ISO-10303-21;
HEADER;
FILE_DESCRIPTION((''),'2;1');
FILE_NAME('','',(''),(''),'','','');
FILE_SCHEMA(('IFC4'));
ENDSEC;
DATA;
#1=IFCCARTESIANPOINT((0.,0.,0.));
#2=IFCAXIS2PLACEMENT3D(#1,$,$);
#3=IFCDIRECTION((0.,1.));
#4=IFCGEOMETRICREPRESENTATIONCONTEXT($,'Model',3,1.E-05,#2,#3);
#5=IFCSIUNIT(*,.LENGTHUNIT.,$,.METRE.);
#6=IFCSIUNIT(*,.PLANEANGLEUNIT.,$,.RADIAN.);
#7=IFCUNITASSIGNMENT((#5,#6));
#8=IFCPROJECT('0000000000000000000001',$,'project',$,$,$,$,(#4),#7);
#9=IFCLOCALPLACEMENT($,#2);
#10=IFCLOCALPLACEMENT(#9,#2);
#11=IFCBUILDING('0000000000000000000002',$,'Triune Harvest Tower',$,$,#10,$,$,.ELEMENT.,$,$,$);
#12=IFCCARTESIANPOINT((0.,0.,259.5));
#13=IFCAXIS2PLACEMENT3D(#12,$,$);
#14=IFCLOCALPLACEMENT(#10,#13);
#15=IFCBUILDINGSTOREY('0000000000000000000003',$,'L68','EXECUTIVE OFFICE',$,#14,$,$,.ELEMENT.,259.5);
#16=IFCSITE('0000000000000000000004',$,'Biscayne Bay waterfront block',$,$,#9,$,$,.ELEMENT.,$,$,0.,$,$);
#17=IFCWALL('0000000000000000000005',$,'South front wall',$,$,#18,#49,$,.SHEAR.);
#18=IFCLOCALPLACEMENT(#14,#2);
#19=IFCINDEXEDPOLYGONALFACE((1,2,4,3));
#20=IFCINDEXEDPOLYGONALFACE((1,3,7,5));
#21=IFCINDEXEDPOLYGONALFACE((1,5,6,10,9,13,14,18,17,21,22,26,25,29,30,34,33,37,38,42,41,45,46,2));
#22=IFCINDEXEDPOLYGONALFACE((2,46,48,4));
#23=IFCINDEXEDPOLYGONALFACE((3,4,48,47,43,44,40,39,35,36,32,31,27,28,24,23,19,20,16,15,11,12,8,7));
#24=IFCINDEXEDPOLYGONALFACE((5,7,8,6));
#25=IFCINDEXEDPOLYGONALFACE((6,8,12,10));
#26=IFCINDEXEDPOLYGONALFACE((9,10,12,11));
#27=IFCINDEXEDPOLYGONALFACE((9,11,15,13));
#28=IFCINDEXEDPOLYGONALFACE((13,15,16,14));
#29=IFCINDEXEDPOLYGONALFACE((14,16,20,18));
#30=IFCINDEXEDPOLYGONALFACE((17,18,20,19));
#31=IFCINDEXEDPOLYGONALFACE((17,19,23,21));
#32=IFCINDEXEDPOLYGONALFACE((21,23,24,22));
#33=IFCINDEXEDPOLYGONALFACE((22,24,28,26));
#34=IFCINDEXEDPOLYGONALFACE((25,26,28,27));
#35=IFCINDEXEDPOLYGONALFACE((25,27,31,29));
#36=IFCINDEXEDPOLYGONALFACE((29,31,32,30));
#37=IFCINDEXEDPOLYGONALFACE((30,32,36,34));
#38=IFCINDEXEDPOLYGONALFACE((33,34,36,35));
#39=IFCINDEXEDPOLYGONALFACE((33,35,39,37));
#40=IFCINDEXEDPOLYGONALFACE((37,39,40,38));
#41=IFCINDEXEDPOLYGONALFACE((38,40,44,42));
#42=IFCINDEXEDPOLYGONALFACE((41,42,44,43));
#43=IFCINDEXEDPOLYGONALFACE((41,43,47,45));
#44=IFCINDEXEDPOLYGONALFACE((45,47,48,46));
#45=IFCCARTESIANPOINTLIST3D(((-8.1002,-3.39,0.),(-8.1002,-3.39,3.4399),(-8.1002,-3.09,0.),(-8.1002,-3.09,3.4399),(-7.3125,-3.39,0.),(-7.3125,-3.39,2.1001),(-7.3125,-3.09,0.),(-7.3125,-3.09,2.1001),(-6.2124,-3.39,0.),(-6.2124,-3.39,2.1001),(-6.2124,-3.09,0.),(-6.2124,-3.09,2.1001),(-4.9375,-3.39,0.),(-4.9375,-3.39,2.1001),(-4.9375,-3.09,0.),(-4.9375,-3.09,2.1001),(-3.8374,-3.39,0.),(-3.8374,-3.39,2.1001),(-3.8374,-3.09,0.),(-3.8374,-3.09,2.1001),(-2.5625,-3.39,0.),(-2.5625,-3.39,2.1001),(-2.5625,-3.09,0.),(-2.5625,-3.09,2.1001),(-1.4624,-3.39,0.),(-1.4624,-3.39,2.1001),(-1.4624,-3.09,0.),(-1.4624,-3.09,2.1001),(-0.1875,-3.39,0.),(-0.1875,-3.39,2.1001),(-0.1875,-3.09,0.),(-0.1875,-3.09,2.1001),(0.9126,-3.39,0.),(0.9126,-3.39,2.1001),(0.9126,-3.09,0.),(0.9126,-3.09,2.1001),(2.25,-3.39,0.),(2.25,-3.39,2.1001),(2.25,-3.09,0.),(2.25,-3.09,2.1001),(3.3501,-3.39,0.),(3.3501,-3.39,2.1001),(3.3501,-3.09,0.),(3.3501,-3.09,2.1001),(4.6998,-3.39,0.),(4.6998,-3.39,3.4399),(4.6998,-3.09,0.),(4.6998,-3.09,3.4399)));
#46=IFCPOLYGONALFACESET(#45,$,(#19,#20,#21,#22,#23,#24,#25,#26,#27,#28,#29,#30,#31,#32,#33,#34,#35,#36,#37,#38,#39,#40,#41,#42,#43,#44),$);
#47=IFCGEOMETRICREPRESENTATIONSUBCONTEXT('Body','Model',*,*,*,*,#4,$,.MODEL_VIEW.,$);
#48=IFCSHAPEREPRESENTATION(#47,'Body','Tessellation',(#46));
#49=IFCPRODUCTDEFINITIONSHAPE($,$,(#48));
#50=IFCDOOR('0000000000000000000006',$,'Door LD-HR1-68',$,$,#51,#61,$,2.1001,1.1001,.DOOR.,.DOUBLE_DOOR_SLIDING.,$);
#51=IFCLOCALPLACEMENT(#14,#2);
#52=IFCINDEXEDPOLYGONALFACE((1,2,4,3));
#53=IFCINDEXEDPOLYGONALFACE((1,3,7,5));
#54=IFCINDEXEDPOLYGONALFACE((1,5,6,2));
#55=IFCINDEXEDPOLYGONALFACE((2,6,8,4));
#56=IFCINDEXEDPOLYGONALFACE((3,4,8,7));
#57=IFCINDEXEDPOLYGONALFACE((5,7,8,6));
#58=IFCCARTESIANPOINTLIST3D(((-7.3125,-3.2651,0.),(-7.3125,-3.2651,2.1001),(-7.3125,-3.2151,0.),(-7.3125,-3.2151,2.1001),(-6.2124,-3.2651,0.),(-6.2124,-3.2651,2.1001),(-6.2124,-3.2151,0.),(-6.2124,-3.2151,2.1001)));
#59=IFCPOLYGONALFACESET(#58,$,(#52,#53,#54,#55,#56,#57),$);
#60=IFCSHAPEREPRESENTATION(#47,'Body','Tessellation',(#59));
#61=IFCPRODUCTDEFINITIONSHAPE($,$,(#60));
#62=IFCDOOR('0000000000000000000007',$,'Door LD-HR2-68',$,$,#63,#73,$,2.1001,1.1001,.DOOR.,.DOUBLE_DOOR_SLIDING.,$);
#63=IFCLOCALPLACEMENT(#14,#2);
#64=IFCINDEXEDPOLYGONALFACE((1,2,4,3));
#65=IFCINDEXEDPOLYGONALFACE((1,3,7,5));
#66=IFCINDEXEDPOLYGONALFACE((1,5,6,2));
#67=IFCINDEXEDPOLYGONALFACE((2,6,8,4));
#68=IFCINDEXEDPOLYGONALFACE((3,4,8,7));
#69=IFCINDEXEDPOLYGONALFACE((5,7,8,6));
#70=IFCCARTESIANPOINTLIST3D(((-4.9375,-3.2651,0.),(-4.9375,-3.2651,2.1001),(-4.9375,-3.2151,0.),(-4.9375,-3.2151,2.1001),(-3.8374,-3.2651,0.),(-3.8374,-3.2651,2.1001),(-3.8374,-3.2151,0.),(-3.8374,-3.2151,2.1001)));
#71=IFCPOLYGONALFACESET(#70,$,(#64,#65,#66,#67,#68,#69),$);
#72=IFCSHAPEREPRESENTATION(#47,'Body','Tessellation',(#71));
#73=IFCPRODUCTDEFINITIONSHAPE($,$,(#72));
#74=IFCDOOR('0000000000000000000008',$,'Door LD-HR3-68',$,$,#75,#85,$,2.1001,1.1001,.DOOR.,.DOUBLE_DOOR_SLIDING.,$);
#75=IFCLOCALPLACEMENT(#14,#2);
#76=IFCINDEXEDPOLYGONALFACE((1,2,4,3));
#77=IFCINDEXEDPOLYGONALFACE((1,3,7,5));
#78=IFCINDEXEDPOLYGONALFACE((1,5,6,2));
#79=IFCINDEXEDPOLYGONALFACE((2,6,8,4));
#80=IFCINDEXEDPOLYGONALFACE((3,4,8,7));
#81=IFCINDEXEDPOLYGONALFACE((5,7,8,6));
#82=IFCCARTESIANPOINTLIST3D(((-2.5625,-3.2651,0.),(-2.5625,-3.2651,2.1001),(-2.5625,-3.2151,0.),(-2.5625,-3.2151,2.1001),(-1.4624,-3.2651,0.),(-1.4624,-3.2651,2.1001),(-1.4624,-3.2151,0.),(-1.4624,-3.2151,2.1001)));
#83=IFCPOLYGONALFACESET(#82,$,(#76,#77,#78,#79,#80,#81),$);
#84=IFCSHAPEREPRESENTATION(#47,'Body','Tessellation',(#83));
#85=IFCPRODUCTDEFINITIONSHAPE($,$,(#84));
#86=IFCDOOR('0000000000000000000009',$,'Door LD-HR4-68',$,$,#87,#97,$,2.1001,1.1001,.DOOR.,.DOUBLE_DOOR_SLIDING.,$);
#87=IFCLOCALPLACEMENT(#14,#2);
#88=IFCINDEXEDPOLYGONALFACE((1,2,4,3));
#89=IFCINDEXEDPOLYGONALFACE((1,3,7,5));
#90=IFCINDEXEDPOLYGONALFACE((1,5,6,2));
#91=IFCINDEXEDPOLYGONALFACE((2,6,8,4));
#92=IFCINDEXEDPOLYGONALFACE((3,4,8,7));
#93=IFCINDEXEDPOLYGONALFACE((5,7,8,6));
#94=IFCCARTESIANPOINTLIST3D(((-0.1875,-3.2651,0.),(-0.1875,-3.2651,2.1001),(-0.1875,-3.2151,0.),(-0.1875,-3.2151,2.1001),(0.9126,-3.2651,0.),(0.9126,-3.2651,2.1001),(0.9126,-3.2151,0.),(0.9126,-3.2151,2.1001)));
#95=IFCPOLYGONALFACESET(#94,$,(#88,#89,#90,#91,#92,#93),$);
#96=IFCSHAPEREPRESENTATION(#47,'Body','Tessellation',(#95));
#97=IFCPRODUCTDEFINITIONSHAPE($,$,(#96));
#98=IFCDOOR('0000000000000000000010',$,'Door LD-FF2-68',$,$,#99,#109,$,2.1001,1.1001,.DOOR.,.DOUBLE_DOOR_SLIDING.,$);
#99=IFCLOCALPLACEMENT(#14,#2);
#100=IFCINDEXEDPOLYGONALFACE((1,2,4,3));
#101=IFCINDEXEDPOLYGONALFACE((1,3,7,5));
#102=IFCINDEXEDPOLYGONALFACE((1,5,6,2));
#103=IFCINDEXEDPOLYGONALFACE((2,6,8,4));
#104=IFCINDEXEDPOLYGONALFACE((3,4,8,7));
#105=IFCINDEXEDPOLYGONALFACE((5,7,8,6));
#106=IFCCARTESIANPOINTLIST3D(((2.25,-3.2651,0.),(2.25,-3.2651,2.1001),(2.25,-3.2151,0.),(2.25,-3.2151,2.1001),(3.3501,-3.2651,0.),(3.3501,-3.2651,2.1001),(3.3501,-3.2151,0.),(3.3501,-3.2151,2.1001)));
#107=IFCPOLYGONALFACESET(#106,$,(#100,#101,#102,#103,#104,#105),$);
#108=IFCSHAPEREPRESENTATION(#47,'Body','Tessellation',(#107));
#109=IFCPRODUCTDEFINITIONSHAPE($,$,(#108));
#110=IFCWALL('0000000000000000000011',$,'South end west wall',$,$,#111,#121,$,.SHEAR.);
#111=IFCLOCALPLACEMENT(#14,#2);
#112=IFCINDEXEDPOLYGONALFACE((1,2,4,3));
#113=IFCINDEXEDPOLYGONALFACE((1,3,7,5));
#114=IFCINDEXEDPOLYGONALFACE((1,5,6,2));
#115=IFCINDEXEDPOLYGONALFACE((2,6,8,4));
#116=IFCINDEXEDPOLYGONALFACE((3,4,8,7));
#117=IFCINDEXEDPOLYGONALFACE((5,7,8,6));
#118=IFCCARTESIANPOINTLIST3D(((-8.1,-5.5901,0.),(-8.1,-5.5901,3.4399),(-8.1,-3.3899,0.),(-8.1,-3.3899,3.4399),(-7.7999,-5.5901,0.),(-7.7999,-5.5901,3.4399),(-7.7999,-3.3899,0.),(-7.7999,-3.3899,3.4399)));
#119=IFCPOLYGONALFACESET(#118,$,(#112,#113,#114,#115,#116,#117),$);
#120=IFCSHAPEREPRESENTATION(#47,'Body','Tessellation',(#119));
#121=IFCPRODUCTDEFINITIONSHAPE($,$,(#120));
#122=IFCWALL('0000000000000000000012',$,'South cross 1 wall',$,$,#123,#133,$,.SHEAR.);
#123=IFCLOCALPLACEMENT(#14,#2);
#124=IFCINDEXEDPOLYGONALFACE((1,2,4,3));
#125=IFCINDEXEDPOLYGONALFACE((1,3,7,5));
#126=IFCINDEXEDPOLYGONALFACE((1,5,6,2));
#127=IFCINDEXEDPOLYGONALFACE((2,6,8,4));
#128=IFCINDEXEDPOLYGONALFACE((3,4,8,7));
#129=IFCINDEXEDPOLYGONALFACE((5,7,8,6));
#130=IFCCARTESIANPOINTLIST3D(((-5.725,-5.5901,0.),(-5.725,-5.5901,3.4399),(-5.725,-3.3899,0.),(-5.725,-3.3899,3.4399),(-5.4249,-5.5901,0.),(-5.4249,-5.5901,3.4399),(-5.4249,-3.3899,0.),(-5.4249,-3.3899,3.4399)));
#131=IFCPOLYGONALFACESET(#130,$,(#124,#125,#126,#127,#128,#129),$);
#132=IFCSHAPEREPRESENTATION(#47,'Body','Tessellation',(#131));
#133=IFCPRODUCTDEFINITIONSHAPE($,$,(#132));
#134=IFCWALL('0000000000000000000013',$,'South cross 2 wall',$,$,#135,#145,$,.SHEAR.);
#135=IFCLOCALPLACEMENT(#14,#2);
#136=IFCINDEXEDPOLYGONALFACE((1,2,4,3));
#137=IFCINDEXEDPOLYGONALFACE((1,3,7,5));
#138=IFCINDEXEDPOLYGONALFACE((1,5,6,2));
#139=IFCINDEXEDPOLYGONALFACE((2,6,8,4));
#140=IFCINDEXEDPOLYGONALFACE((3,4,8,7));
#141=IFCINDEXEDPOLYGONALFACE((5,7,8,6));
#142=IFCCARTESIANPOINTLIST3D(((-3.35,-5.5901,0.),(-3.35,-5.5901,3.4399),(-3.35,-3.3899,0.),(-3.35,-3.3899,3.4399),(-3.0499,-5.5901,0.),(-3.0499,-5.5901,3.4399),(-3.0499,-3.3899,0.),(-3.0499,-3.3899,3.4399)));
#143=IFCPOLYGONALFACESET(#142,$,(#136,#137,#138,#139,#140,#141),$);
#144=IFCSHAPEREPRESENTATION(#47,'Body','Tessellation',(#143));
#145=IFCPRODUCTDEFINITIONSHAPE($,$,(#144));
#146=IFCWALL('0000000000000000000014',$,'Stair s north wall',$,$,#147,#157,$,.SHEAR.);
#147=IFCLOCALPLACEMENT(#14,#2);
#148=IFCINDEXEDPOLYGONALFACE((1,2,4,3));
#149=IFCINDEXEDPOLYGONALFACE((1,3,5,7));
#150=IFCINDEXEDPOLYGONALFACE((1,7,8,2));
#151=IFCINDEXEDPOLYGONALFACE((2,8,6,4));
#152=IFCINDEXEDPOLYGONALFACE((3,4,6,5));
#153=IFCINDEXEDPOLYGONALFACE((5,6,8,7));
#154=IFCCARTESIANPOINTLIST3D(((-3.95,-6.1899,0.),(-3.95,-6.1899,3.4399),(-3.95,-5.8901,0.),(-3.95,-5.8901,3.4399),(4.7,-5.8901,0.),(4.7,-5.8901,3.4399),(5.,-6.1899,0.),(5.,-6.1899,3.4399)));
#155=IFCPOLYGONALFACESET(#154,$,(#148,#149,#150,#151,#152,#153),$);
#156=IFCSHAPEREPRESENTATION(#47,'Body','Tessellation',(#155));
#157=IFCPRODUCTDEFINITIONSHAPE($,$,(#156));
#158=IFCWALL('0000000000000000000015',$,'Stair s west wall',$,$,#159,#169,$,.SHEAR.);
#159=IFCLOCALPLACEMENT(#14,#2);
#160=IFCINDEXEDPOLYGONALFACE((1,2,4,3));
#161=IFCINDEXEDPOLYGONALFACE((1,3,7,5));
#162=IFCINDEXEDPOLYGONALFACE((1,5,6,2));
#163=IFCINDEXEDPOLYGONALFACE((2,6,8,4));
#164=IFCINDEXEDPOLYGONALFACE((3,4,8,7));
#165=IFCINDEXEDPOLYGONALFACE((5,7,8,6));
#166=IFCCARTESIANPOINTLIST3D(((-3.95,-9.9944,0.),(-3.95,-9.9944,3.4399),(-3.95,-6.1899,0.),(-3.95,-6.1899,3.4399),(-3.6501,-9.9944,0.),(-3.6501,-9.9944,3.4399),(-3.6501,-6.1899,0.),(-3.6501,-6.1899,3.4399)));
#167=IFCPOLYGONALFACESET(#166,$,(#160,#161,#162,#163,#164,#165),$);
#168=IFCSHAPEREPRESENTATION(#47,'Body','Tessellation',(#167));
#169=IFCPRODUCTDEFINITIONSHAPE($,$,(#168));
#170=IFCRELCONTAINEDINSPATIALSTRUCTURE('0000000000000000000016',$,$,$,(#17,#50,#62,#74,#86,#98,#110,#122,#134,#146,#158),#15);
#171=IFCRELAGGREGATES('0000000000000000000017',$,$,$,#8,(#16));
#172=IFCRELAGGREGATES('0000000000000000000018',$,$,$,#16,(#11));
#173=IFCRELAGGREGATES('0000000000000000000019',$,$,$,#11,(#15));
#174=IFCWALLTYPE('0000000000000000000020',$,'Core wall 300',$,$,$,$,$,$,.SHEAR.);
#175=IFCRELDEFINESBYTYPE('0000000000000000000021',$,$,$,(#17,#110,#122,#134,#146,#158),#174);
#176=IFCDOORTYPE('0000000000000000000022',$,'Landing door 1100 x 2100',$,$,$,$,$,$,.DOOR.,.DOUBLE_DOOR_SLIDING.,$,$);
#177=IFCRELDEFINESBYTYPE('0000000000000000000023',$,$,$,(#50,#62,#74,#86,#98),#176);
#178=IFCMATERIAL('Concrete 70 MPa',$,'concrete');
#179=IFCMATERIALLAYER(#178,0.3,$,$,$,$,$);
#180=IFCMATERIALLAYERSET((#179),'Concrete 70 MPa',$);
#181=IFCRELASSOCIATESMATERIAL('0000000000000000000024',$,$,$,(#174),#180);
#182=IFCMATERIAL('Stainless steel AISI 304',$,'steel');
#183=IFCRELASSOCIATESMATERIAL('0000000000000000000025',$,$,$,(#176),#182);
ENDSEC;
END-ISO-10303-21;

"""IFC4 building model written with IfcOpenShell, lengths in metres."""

from ifc_helpers import new_model, si_unit, direction, frame, frame_2d, origin, place, context, subcontext, project, spatial, polyline, rectangle, outline, extrude, source, transform, mapped, material, layer, layer_set, type_object, element, fill, save


model = new_model("IFC4")

# Units and contexts
model_context = context("Model", 3, precision=1e-05, world=origin(), true_north=direction((0.0, 1.0)))
body_context = subcontext(model_context, "Body", "Model", "MODEL_VIEW")
ifc_project = project(units=[si_unit("LENGTHUNIT", "METRE"), si_unit("PLANEANGLEUNIT", "RADIAN")], contexts=[model_context])

# Site, building, storey
site_placement = place(None, origin())
site = spatial("IfcSite", under=ifc_project, at=site_placement, Name="Biscayne Bay waterfront block", CompositionType="ELEMENT", RefElevation=0.0)
building_placement = place(site_placement, origin())
building = spatial("IfcBuilding", under=site, at=building_placement, Name="Triune Harvest Tower", CompositionType="ELEMENT")
storey_placement = place(building_placement, frame((0.0, 0.0, 259.5)))
storey = spatial("IfcBuildingStorey", under=building, at=storey_placement, Name="L68", Description="EXECUTIVE OFFICE", CompositionType="ELEMENT", Elevation=259.5)

# Wall, openings, doors
ifc_material_1 = material(Name="Concrete 70 MPa", Category="concrete")
ifc_layer_1 = layer(ifc_material_1, 0.3)
ifc_layer_set_1 = layer_set([ifc_layer_1], Name="Concrete 70 MPa")
wall_type_1 = type_object("IfcWallType", Name="Core wall 300", PredefinedType="SHEAR", material=ifc_layer_set_1)
shared_shape_1 = source(origin(), body_context, "Body", "SweptSolid", [
    extrude(rectangle(XDim=12.8, YDim=0.3, at=frame_2d((6.3999, 0.0))), origin(), (0.0, 0.0, 1.0), 3.4399),
])
wall_1_placement = place(storey_placement, frame((-8.1001, -3.24, 0.0), z_axis=(0.0, 0.0, 1.0), x_axis=(1.0, 0.0, 0.0)))
wall_1 = element("IfcWall", 1, at=wall_1_placement, inside=storey, type_object=wall_type_1, Name="South front wall", PredefinedType="SHEAR", context=body_context, shape_type="MappedRepresentation", body=[
    mapped(shared_shape_1, transform((0.0, 0.0, 0.0), scale=1.0)),
])
opening_1_placement = place(wall_1_placement, frame((0.7876, 0.0, 0.0)))
opening_1 = element("IfcOpeningElement", 2, at=opening_1_placement, cuts=wall_1, PredefinedType="OPENING", context=body_context, shape_type="SweptSolid", body=[
    extrude(rectangle(XDim=1.1001, YDim=2.1001, at=frame_2d((0.55, 1.05))), frame((0.0, 0.1602, 0.0), z_axis=(0.0, -1.0, 0.0), x_axis=(1.0, 0.0, 0.0)), (0.0, 0.0, 1.0), 0.3201),
])
opening_2_placement = place(wall_1_placement, frame((3.1626, 0.0, 0.0)))
opening_2 = element("IfcOpeningElement", 3, at=opening_2_placement, cuts=wall_1, PredefinedType="OPENING", context=body_context, shape_type="SweptSolid", body=[
    extrude(rectangle(XDim=1.1001, YDim=2.1001, at=frame_2d((0.55, 1.05))), frame((0.0, 0.1602, 0.0), z_axis=(0.0, -1.0, 0.0), x_axis=(1.0, 0.0, 0.0)), (0.0, 0.0, 1.0), 0.3201),
])
opening_3_placement = place(wall_1_placement, frame((5.5376, 0.0, 0.0)))
opening_3 = element("IfcOpeningElement", 4, at=opening_3_placement, cuts=wall_1, PredefinedType="OPENING", context=body_context, shape_type="SweptSolid", body=[
    extrude(rectangle(XDim=1.1001, YDim=2.1001, at=frame_2d((0.55, 1.05))), frame((0.0, 0.1602, 0.0), z_axis=(0.0, -1.0, 0.0), x_axis=(1.0, 0.0, 0.0)), (0.0, 0.0, 1.0), 0.3201),
])
opening_4_placement = place(wall_1_placement, frame((7.9126, 0.0, 0.0)))
opening_4 = element("IfcOpeningElement", 5, at=opening_4_placement, cuts=wall_1, PredefinedType="OPENING", context=body_context, shape_type="SweptSolid", body=[
    extrude(rectangle(XDim=1.1001, YDim=2.1001, at=frame_2d((0.55, 1.05))), frame((0.0, 0.1602, 0.0), z_axis=(0.0, -1.0, 0.0), x_axis=(1.0, 0.0, 0.0)), (0.0, 0.0, 1.0), 0.3201),
])
opening_5_placement = place(wall_1_placement, frame((10.3501, 0.0, 0.0)))
opening_5 = element("IfcOpeningElement", 6, at=opening_5_placement, cuts=wall_1, PredefinedType="OPENING", context=body_context, shape_type="SweptSolid", body=[
    extrude(rectangle(XDim=1.1001, YDim=2.1001, at=frame_2d((0.55, 1.05))), frame((0.0, 0.1602, 0.0), z_axis=(0.0, -1.0, 0.0), x_axis=(1.0, 0.0, 0.0)), (0.0, 0.0, 1.0), 0.3201),
])
ifc_material_2 = material(Name="Stainless steel AISI 304", Category="steel")
door_type_1 = type_object("IfcDoorType", Name="Landing door 1100 x 2100", OperationType="DOUBLE_DOOR_SLIDING", PredefinedType="DOOR", material=ifc_material_2)
door_1_placement = place(opening_1_placement, origin())
door_1 = element("IfcDoor", 7, at=door_1_placement, inside=storey, type_object=door_type_1, Name="Door LD-HR1-68", OperationType="DOUBLE_DOOR_SLIDING", OverallHeight=2.1001, OverallWidth=1.1001, PredefinedType="DOOR", context=body_context, shape_type="SweptSolid", body=[
    extrude(rectangle(XDim=1.1001, YDim=2.1001, at=frame_2d((0.55, 1.05))), frame((0.0, 0.0249, 0.0), z_axis=(0.0, -1.0, 0.0), x_axis=(1.0, 0.0, 0.0)), (0.0, 0.0, 1.0), 0.05),
])
fill(opening_1, door_1)
door_2_placement = place(opening_2_placement, origin())
door_2 = element("IfcDoor", 8, at=door_2_placement, inside=storey, type_object=door_type_1, Name="Door LD-HR2-68", OperationType="DOUBLE_DOOR_SLIDING", OverallHeight=2.1001, OverallWidth=1.1001, PredefinedType="DOOR", context=body_context, shape_type="SweptSolid", body=[
    extrude(rectangle(XDim=1.1001, YDim=2.1001, at=frame_2d((0.55, 1.05))), frame((0.0, 0.0249, 0.0), z_axis=(0.0, -1.0, 0.0), x_axis=(1.0, 0.0, 0.0)), (0.0, 0.0, 1.0), 0.05),
])
fill(opening_2, door_2)
door_3_placement = place(opening_3_placement, origin())
door_3 = element("IfcDoor", 9, at=door_3_placement, inside=storey, type_object=door_type_1, Name="Door LD-HR3-68", OperationType="DOUBLE_DOOR_SLIDING", OverallHeight=2.1001, OverallWidth=1.1001, PredefinedType="DOOR", context=body_context, shape_type="SweptSolid", body=[
    extrude(rectangle(XDim=1.1001, YDim=2.1001, at=frame_2d((0.55, 1.05))), frame((0.0, 0.0249, 0.0), z_axis=(0.0, -1.0, 0.0), x_axis=(1.0, 0.0, 0.0)), (0.0, 0.0, 1.0), 0.05),
])
fill(opening_3, door_3)
door_4_placement = place(opening_4_placement, origin())
door_4 = element("IfcDoor", 10, at=door_4_placement, inside=storey, type_object=door_type_1, Name="Door LD-HR4-68", OperationType="DOUBLE_DOOR_SLIDING", OverallHeight=2.1001, OverallWidth=1.1001, PredefinedType="DOOR", context=body_context, shape_type="SweptSolid", body=[
    extrude(rectangle(XDim=1.1001, YDim=2.1001, at=frame_2d((0.55, 1.05))), frame((0.0, 0.0249, 0.0), z_axis=(0.0, -1.0, 0.0), x_axis=(1.0, 0.0, 0.0)), (0.0, 0.0, 1.0), 0.05),
])
fill(opening_4, door_4)
door_5_placement = place(opening_5_placement, origin())
door_5 = element("IfcDoor", 11, at=door_5_placement, inside=storey, type_object=door_type_1, Name="Door LD-FF2-68", OperationType="DOUBLE_DOOR_SLIDING", OverallHeight=2.1001, OverallWidth=1.1001, PredefinedType="DOOR", context=body_context, shape_type="SweptSolid", body=[
    extrude(rectangle(XDim=1.1001, YDim=2.1001, at=frame_2d((0.55, 1.05))), frame((0.0, 0.0249, 0.0), z_axis=(0.0, -1.0, 0.0), x_axis=(1.0, 0.0, 0.0)), (0.0, 0.0, 1.0), 0.05),
])
fill(opening_5, door_5)

# Walls
shared_shape_2 = source(origin(), body_context, "Body", "SweptSolid", [
    extrude(rectangle(XDim=2.2002, YDim=0.3, at=frame_2d((1.1001, 0.0))), origin(), (0.0, 0.0, 1.0), 3.4399),
])
for number, where, z_axis, x_axis, name in (
    (12, (-7.95, -5.5901, 0.0), (0.0, 0.0, 1.0), (0.0, 1.0, 0.0), "South end west wall"),
    (13, (-5.575, -5.5901, 0.0), (0.0, 0.0, 1.0), (0.0, 1.0, 0.0), "South cross 1 wall"),
    (14, (-3.2, -5.5901, 0.0), (0.0, 0.0, 1.0), (0.0, 1.0, 0.0), "South cross 2 wall"),
):
    element("IfcWall", number, at=place(storey_placement, frame(where, z_axis=z_axis, x_axis=x_axis)), inside=storey, type_object=wall_type_1, Name=name, PredefinedType="SHEAR", context=body_context, shape_type="MappedRepresentation", body=[
        mapped(shared_shape_2, transform((0.0, 0.0, 0.0), scale=1.0)),
    ])
shared_shape_3 = source(origin(), body_context, "Body", "SweptSolid", [
    extrude(outline(polyline([(0.0, -0.1499), (8.95, -0.1499), (8.6499, 0.1499), (0.0, 0.1499), (0.0, -0.1499)])), origin(), (0.0, 0.0, 1.0), 3.4399),
])
wall_2_placement = place(storey_placement, frame((-3.95, -6.04, 0.0), z_axis=(0.0, 0.0, 1.0), x_axis=(1.0, 0.0, 0.0)))
element("IfcWall", 15, at=wall_2_placement, inside=storey, type_object=wall_type_1, Name="Stair s north wall", PredefinedType="SHEAR", context=body_context, shape_type="MappedRepresentation", body=[
    mapped(shared_shape_3, transform((0.0, 0.0, 0.0), scale=1.0)),
])
shared_shape_4 = source(origin(), body_context, "Body", "SweptSolid", [
    extrude(outline(polyline([(3.8, -0.1499), (-0.0044, -0.1499), (-0.0044, 0.1499), (3.8, 0.1499), (3.8, -0.1499)])), origin(), (0.0, 0.0, 1.0), 3.4399),
])
wall_3_placement = place(storey_placement, frame((-3.8, -9.99, 0.0), z_axis=(0.0, 0.0, 1.0), x_axis=(0.0, 1.0, 0.0)))
element("IfcWall", 16, at=wall_3_placement, inside=storey, type_object=wall_type_1, Name="Stair s west wall", PredefinedType="SHEAR", context=body_context, shape_type="MappedRepresentation", body=[
    mapped(shared_shape_4, transform((0.0, 0.0, 0.0), scale=1.0)),
])

save(model, "model.ifc")
